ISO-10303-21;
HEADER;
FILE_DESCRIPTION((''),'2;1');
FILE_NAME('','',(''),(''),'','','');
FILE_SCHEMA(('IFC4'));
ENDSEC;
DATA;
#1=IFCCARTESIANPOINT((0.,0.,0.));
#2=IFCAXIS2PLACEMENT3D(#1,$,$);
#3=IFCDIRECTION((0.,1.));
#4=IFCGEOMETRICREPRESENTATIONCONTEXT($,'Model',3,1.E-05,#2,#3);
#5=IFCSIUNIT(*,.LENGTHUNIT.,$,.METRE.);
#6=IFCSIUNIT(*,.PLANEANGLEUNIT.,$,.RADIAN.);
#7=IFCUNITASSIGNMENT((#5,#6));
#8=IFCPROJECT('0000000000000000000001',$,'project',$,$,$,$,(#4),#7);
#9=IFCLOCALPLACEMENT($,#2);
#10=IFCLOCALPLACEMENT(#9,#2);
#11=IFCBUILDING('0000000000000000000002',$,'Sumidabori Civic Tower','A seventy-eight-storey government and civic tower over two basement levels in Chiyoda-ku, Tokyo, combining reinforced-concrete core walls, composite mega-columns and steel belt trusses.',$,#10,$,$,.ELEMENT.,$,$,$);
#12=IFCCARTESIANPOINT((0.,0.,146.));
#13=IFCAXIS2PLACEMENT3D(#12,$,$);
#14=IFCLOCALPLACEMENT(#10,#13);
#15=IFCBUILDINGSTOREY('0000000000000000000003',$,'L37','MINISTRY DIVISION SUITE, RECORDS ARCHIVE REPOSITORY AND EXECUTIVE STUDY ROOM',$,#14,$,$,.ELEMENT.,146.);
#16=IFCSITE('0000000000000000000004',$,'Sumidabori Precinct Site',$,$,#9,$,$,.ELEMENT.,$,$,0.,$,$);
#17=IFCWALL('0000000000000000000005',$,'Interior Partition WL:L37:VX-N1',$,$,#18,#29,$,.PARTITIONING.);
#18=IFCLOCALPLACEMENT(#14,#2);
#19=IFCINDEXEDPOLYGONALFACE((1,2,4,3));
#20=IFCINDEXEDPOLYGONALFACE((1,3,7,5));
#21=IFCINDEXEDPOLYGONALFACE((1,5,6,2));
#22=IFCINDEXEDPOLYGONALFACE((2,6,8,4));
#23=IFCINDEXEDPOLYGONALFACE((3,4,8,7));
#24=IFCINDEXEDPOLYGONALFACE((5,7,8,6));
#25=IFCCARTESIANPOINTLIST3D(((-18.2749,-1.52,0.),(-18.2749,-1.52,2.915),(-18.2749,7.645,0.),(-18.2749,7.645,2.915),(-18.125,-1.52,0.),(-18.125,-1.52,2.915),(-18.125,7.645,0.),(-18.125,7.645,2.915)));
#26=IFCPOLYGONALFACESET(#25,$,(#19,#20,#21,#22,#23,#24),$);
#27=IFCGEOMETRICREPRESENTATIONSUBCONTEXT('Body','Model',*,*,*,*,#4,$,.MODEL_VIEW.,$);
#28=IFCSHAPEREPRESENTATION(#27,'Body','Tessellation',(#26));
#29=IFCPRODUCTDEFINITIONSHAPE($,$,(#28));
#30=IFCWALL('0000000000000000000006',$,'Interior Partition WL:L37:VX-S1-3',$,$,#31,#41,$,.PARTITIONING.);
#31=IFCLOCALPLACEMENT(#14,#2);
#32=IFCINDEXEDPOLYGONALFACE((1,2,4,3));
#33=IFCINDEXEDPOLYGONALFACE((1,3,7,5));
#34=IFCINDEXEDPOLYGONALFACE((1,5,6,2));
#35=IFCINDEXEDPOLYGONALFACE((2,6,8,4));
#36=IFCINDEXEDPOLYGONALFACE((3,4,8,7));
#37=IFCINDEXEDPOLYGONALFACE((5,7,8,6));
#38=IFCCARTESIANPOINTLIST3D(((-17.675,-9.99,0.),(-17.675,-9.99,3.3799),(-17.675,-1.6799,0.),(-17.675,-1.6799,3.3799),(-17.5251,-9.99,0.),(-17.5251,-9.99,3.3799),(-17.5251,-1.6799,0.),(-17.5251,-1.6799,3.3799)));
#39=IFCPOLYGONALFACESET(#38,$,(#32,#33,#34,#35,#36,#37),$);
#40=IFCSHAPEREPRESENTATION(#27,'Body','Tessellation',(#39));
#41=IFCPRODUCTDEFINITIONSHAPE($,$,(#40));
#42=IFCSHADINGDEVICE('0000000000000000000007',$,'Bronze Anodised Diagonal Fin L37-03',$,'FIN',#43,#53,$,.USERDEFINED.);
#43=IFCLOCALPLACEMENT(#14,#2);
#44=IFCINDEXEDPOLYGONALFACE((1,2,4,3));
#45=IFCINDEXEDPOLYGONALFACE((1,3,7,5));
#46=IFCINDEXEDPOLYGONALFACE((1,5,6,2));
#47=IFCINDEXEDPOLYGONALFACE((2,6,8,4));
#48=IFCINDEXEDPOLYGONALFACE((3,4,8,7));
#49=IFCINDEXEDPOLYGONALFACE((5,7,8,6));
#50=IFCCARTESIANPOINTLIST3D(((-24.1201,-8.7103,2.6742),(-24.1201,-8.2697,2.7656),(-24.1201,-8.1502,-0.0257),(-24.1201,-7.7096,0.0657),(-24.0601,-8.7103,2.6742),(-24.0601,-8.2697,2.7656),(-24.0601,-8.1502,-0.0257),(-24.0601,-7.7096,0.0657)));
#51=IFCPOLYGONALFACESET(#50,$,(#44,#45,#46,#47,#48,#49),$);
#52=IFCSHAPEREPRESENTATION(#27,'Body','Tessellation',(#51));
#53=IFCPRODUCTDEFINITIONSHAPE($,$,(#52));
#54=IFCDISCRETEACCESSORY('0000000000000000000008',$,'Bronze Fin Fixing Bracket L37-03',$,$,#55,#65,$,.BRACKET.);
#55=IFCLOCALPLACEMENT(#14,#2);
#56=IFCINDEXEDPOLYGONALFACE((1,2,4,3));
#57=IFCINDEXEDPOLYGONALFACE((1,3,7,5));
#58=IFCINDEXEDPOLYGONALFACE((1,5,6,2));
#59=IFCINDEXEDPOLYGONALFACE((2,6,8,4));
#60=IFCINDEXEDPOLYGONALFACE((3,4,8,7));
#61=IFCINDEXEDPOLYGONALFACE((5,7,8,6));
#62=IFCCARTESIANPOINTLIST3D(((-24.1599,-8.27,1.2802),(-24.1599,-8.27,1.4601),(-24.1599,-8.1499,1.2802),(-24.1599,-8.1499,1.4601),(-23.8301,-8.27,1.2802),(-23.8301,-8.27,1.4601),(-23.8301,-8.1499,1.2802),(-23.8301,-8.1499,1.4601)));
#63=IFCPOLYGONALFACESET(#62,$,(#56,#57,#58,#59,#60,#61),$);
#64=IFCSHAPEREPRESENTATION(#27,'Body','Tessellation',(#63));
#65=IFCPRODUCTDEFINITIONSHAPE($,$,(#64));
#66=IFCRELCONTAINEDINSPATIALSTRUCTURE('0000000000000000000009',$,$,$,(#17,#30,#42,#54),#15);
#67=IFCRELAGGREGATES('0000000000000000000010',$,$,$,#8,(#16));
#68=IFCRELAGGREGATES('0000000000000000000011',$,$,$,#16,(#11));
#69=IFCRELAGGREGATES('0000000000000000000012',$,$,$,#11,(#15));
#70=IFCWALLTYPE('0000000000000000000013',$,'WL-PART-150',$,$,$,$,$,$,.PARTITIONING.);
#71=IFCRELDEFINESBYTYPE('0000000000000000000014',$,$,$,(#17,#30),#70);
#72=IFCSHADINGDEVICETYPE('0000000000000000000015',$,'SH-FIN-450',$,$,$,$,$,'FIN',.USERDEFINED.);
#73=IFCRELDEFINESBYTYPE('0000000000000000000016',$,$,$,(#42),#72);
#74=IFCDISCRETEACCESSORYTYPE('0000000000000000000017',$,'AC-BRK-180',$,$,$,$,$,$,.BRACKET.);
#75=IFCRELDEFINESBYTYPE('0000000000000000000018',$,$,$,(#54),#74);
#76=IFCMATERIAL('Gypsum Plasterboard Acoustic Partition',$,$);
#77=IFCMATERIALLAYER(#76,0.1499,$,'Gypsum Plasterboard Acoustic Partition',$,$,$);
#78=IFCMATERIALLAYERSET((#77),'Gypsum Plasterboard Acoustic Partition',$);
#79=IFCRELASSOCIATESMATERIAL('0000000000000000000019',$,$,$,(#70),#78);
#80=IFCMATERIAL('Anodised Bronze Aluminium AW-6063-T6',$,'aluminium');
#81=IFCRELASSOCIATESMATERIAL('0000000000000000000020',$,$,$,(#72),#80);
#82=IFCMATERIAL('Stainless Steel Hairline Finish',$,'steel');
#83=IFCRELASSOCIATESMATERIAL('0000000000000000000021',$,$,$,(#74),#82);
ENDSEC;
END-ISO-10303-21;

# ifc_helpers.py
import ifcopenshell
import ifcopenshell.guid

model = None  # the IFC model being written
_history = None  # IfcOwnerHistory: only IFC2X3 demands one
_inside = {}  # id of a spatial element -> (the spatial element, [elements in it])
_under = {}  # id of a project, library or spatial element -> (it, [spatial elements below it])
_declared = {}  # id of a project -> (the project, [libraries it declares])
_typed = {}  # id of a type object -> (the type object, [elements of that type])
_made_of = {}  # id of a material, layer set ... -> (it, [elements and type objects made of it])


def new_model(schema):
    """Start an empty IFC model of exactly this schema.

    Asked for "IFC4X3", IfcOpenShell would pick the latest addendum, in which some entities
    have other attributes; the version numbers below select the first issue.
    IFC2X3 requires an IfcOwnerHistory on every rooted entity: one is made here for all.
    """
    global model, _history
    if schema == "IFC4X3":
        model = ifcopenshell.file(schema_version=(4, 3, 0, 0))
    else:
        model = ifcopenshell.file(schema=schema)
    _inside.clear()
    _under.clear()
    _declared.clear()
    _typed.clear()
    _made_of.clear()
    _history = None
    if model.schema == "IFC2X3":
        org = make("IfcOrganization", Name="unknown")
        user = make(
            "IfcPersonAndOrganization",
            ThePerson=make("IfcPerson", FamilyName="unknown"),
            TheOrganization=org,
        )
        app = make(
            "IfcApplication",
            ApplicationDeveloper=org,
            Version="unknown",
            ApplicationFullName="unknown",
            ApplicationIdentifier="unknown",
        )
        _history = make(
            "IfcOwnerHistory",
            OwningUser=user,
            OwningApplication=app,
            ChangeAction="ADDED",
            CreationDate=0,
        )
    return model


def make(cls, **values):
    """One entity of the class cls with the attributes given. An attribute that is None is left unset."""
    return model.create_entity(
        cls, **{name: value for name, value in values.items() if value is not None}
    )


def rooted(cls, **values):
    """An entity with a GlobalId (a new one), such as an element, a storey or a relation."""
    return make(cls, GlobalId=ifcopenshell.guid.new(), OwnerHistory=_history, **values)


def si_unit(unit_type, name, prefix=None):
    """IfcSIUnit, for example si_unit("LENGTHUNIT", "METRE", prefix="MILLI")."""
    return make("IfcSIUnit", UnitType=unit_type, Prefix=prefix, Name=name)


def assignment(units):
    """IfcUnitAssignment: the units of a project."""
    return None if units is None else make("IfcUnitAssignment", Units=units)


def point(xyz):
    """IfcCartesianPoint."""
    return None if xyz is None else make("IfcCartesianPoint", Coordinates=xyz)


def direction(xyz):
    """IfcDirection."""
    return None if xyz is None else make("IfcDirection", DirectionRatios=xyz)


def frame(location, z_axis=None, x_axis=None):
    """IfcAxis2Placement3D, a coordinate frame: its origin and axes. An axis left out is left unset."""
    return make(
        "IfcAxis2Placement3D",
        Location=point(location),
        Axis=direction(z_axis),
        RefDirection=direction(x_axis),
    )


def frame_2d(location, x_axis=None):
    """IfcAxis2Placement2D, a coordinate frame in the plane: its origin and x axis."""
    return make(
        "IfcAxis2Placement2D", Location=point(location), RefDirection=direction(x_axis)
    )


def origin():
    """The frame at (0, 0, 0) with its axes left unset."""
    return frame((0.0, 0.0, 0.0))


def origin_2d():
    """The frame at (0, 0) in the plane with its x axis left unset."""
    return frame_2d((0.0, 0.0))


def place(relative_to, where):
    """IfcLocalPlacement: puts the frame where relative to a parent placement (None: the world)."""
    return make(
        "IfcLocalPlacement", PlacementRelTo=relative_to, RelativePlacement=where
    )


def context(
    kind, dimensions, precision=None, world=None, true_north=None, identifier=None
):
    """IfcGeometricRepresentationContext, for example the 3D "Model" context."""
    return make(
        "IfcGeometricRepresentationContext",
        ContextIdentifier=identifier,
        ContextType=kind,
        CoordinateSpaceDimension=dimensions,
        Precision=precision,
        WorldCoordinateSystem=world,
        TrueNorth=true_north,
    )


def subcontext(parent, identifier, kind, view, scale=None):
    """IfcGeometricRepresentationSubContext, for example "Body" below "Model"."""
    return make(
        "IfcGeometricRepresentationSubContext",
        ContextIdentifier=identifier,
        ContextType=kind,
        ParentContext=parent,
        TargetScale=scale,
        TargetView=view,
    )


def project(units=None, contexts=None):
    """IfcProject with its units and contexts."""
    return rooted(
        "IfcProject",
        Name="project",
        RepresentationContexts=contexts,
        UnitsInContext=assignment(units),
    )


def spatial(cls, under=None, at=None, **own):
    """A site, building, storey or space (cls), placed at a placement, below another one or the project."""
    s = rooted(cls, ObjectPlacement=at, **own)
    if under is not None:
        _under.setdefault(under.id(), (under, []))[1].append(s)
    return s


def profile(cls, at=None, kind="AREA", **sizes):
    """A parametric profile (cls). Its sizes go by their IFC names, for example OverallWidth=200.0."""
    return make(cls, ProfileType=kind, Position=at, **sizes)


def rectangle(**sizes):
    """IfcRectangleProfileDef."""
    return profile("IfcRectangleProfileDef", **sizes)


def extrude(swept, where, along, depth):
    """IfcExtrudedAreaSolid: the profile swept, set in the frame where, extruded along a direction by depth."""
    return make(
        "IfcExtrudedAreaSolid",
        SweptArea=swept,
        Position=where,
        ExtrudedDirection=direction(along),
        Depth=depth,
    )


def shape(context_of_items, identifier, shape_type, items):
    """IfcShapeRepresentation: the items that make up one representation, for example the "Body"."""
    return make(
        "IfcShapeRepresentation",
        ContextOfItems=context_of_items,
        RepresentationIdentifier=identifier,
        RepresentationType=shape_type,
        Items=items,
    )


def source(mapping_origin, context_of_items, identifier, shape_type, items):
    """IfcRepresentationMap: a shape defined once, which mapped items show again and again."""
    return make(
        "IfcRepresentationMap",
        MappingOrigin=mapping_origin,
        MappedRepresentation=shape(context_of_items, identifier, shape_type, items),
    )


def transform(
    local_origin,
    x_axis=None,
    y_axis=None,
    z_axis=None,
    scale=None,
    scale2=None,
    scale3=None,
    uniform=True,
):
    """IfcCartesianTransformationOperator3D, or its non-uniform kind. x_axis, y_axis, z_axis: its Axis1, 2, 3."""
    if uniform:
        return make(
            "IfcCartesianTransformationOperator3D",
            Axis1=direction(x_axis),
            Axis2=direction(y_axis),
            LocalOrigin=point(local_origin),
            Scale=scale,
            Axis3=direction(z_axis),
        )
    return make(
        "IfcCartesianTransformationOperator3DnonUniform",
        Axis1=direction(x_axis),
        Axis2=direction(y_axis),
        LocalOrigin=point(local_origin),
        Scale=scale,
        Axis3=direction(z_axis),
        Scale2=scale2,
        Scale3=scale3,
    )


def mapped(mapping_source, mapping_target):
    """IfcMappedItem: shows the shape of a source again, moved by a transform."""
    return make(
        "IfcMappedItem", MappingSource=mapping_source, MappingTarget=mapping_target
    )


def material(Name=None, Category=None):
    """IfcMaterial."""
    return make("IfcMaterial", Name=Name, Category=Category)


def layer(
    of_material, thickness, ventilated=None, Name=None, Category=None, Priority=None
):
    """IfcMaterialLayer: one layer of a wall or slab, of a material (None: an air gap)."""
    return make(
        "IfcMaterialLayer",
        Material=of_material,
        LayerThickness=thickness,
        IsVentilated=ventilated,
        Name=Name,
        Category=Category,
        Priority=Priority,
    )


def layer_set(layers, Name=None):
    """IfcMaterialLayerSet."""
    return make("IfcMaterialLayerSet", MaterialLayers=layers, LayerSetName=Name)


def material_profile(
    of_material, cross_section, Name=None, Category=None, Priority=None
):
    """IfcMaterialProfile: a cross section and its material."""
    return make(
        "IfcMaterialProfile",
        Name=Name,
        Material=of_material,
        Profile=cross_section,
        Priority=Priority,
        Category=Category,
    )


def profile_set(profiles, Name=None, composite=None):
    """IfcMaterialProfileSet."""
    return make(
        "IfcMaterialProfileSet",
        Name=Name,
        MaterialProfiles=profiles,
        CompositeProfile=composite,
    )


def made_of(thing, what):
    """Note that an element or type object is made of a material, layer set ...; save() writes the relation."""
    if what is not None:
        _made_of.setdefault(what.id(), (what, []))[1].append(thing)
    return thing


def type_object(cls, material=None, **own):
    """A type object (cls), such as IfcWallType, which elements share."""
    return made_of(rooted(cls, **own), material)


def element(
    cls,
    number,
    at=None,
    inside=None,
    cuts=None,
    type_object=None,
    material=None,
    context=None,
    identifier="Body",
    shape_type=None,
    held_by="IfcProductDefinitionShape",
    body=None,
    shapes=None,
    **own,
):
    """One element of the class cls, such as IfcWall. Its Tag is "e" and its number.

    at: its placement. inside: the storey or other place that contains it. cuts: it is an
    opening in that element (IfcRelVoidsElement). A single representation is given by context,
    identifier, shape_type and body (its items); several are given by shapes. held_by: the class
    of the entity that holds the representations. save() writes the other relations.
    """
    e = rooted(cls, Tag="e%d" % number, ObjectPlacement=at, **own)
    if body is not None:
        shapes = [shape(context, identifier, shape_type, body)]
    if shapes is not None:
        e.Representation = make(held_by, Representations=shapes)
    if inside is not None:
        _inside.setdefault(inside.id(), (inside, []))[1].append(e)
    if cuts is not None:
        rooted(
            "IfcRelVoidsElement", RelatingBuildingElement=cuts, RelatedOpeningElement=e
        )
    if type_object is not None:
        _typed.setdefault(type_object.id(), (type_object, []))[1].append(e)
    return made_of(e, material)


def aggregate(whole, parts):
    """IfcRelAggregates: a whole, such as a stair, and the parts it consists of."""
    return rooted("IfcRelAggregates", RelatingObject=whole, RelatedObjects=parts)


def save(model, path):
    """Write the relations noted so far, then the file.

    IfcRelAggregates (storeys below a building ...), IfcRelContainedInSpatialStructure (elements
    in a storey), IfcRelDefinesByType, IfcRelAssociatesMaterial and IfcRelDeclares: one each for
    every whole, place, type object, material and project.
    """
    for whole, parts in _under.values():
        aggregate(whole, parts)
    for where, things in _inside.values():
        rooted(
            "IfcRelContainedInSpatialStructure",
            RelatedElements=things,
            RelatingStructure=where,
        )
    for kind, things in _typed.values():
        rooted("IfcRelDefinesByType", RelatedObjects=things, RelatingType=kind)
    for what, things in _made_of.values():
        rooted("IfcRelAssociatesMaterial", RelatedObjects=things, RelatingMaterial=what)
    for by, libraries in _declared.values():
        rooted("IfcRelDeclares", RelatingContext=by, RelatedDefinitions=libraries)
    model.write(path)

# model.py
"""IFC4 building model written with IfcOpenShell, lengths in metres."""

from ifc_helpers import new_model, si_unit, direction, frame, frame_2d, origin, origin_2d, place, context, subcontext, project, spatial, rectangle, extrude, source, transform, mapped, material, layer, layer_set, material_profile, profile_set, type_object, element, save


model = new_model("IFC4")

# Units and contexts
model_context = context("Model", 3, precision=1e-05, world=origin(), true_north=direction((0.0, 1.0)))
body_context = subcontext(model_context, "Body", "Model", "MODEL_VIEW")
ifc_project = project(units=[si_unit("LENGTHUNIT", "METRE"), si_unit("PLANEANGLEUNIT", "RADIAN")], contexts=[model_context])

# Site, building, storey
site_placement = place(None, origin())
site = spatial("IfcSite", under=ifc_project, at=site_placement, Name="Sumidabori Precinct Site", CompositionType="ELEMENT", RefElevation=0.0)
building_placement = place(site_placement, origin())
building = spatial("IfcBuilding", under=site, at=building_placement, Name="Sumidabori Civic Tower", Description="A seventy-eight-storey government and civic tower over two basement levels in Chiyoda-ku, Tokyo, combining reinforced-concrete core walls, composite mega-columns and steel belt trusses.", CompositionType="ELEMENT")
storey_placement = place(building_placement, frame((0.0, 0.0, 146.0)))
storey = spatial("IfcBuildingStorey", under=building, at=storey_placement, Name="L37", Description="MINISTRY DIVISION SUITE, RECORDS ARCHIVE REPOSITORY AND EXECUTIVE STUDY ROOM", CompositionType="ELEMENT", Elevation=146.0)

# Shared definitions
ifc_material_1 = material(Name="Anodised Bronze Aluminium AW-6063-T6", Category="aluminium")

# Shared definitions
ifc_material_2 = material(Name="Gypsum Plasterboard Acoustic Partition")
ifc_layer_1 = layer(ifc_material_2, 0.1499, Name="Gypsum Plasterboard Acoustic Partition")
ifc_layer_set_1 = layer_set([ifc_layer_1], Name="Gypsum Plasterboard Acoustic Partition")
wall_type = type_object("IfcWallType", Name="WL-PART-150", PredefinedType="PARTITIONING", material=ifc_layer_set_1)

# Walls
shared_shape_1 = source(origin(), body_context, "Body", "SweptSolid", [
    extrude(rectangle(XDim=9.165, YDim=0.1499, at=frame_2d((4.5825, 0.0))), origin(), (0.0, 0.0, 1.0), 2.915),
])
wall_1_placement = place(storey_placement, frame((-18.2, -1.52, 0.0), z_axis=(0.0, 0.0, 1.0), x_axis=(0.0, 1.0, 0.0)))
element("IfcWall", 1, at=wall_1_placement, inside=storey, type_object=wall_type, Name="Interior Partition WL:L37:VX-N1", PredefinedType="PARTITIONING", context=body_context, shape_type="MappedRepresentation", body=[
    mapped(shared_shape_1, transform((0.0, 0.0, 0.0), x_axis=(1.0, 0.0, 0.0), y_axis=(0.0, 1.0, 0.0), z_axis=(0.0, 0.0, 1.0), scale=1.0)),
])
shared_shape_2 = source(origin(), body_context, "Body", "SweptSolid", [
    extrude(rectangle(XDim=8.3101, YDim=0.1499, at=frame_2d((4.155, 0.0))), origin(), (0.0, 0.0, 1.0), 3.3799),
])
wall_2_placement = place(storey_placement, frame((-17.6001, -9.99, 0.0), z_axis=(0.0, 0.0, 1.0), x_axis=(0.0, 1.0, 0.0)))
element("IfcWall", 2, at=wall_2_placement, inside=storey, type_object=wall_type, Name="Interior Partition WL:L37:VX-S1-3", PredefinedType="PARTITIONING", context=body_context, shape_type="MappedRepresentation", body=[
    mapped(shared_shape_2, transform((0.0, 0.0, 0.0), x_axis=(1.0, 0.0, 0.0), y_axis=(0.0, 1.0, 0.0), z_axis=(0.0, 0.0, 1.0), scale=1.0)),
])

# Shading device
ifc_material_profile_1 = material_profile(ifc_material_1, rectangle(XDim=0.0601, YDim=0.45, at=origin_2d()), Name="BRONZE FIN 450x60")
ifc_profile_set_1 = profile_set([ifc_material_profile_1], Name="Anodised Bronze Aluminium AW-6063-T6")
shading_device_type = type_object("IfcShadingDeviceType", Name="SH-FIN-450", ElementType="FIN", PredefinedType="USERDEFINED", material=ifc_profile_set_1)
shared_shape_3 = source(origin(), body_context, "Body", "SweptSolid", [
    extrude(rectangle(XDim=0.0601, YDim=0.45, at=origin_2d()), origin(), (0.0, 0.0, 1.0), 2.7573),
])
shading_device_placement = place(storey_placement, frame((-24.0901, -7.9299, 0.02), z_axis=(0.0, -0.203109, 0.979156), x_axis=(-1.0, 0.0, 0.0)))
element("IfcShadingDevice", 3, at=shading_device_placement, inside=storey, type_object=shading_device_type, Name="Bronze Anodised Diagonal Fin L37-03", ObjectType="FIN", PredefinedType="USERDEFINED", context=body_context, shape_type="MappedRepresentation", body=[
    mapped(shared_shape_3, transform((0.0, 0.0, 0.0), x_axis=(1.0, 0.0, 0.0), y_axis=(0.0, 1.0, 0.0), z_axis=(0.0, 0.0, 1.0), scale=1.0)),
])

# Discrete accessory
ifc_material_3 = material(Name="Stainless Steel Hairline Finish", Category="steel")
ifc_material_profile_2 = material_profile(ifc_material_3, rectangle(XDim=0.1201, YDim=0.1799, at=origin_2d()), Name="STEEL BRACKET 180x120")
ifc_profile_set_2 = profile_set([ifc_material_profile_2], Name="Stainless Steel Hairline Finish")
discrete_accessory_type = type_object("IfcDiscreteAccessoryType", Name="AC-BRK-180", PredefinedType="BRACKET", material=ifc_profile_set_2)
shared_shape_4 = source(origin(), body_context, "Body", "SweptSolid", [
    extrude(rectangle(XDim=0.1201, YDim=0.1799, at=origin_2d()), origin(), (0.0, 0.0, 1.0), 0.3298),
])
discrete_accessory_placement = place(storey_placement, frame((-23.8301, -8.21, 1.3701), z_axis=(-1.0, 0.0, 0.0), x_axis=(0.0, -1.0, 0.0)))
element("IfcDiscreteAccessory", 4, at=discrete_accessory_placement, inside=storey, type_object=discrete_accessory_type, Name="Bronze Fin Fixing Bracket L37-03", PredefinedType="BRACKET", context=body_context, shape_type="MappedRepresentation", body=[
    mapped(shared_shape_4, transform((0.0, 0.0, 0.0), x_axis=(1.0, 0.0, 0.0), y_axis=(0.0, 1.0, 0.0), z_axis=(0.0, 0.0, 1.0), scale=1.0)),
])

save(model, "model.ifc")
